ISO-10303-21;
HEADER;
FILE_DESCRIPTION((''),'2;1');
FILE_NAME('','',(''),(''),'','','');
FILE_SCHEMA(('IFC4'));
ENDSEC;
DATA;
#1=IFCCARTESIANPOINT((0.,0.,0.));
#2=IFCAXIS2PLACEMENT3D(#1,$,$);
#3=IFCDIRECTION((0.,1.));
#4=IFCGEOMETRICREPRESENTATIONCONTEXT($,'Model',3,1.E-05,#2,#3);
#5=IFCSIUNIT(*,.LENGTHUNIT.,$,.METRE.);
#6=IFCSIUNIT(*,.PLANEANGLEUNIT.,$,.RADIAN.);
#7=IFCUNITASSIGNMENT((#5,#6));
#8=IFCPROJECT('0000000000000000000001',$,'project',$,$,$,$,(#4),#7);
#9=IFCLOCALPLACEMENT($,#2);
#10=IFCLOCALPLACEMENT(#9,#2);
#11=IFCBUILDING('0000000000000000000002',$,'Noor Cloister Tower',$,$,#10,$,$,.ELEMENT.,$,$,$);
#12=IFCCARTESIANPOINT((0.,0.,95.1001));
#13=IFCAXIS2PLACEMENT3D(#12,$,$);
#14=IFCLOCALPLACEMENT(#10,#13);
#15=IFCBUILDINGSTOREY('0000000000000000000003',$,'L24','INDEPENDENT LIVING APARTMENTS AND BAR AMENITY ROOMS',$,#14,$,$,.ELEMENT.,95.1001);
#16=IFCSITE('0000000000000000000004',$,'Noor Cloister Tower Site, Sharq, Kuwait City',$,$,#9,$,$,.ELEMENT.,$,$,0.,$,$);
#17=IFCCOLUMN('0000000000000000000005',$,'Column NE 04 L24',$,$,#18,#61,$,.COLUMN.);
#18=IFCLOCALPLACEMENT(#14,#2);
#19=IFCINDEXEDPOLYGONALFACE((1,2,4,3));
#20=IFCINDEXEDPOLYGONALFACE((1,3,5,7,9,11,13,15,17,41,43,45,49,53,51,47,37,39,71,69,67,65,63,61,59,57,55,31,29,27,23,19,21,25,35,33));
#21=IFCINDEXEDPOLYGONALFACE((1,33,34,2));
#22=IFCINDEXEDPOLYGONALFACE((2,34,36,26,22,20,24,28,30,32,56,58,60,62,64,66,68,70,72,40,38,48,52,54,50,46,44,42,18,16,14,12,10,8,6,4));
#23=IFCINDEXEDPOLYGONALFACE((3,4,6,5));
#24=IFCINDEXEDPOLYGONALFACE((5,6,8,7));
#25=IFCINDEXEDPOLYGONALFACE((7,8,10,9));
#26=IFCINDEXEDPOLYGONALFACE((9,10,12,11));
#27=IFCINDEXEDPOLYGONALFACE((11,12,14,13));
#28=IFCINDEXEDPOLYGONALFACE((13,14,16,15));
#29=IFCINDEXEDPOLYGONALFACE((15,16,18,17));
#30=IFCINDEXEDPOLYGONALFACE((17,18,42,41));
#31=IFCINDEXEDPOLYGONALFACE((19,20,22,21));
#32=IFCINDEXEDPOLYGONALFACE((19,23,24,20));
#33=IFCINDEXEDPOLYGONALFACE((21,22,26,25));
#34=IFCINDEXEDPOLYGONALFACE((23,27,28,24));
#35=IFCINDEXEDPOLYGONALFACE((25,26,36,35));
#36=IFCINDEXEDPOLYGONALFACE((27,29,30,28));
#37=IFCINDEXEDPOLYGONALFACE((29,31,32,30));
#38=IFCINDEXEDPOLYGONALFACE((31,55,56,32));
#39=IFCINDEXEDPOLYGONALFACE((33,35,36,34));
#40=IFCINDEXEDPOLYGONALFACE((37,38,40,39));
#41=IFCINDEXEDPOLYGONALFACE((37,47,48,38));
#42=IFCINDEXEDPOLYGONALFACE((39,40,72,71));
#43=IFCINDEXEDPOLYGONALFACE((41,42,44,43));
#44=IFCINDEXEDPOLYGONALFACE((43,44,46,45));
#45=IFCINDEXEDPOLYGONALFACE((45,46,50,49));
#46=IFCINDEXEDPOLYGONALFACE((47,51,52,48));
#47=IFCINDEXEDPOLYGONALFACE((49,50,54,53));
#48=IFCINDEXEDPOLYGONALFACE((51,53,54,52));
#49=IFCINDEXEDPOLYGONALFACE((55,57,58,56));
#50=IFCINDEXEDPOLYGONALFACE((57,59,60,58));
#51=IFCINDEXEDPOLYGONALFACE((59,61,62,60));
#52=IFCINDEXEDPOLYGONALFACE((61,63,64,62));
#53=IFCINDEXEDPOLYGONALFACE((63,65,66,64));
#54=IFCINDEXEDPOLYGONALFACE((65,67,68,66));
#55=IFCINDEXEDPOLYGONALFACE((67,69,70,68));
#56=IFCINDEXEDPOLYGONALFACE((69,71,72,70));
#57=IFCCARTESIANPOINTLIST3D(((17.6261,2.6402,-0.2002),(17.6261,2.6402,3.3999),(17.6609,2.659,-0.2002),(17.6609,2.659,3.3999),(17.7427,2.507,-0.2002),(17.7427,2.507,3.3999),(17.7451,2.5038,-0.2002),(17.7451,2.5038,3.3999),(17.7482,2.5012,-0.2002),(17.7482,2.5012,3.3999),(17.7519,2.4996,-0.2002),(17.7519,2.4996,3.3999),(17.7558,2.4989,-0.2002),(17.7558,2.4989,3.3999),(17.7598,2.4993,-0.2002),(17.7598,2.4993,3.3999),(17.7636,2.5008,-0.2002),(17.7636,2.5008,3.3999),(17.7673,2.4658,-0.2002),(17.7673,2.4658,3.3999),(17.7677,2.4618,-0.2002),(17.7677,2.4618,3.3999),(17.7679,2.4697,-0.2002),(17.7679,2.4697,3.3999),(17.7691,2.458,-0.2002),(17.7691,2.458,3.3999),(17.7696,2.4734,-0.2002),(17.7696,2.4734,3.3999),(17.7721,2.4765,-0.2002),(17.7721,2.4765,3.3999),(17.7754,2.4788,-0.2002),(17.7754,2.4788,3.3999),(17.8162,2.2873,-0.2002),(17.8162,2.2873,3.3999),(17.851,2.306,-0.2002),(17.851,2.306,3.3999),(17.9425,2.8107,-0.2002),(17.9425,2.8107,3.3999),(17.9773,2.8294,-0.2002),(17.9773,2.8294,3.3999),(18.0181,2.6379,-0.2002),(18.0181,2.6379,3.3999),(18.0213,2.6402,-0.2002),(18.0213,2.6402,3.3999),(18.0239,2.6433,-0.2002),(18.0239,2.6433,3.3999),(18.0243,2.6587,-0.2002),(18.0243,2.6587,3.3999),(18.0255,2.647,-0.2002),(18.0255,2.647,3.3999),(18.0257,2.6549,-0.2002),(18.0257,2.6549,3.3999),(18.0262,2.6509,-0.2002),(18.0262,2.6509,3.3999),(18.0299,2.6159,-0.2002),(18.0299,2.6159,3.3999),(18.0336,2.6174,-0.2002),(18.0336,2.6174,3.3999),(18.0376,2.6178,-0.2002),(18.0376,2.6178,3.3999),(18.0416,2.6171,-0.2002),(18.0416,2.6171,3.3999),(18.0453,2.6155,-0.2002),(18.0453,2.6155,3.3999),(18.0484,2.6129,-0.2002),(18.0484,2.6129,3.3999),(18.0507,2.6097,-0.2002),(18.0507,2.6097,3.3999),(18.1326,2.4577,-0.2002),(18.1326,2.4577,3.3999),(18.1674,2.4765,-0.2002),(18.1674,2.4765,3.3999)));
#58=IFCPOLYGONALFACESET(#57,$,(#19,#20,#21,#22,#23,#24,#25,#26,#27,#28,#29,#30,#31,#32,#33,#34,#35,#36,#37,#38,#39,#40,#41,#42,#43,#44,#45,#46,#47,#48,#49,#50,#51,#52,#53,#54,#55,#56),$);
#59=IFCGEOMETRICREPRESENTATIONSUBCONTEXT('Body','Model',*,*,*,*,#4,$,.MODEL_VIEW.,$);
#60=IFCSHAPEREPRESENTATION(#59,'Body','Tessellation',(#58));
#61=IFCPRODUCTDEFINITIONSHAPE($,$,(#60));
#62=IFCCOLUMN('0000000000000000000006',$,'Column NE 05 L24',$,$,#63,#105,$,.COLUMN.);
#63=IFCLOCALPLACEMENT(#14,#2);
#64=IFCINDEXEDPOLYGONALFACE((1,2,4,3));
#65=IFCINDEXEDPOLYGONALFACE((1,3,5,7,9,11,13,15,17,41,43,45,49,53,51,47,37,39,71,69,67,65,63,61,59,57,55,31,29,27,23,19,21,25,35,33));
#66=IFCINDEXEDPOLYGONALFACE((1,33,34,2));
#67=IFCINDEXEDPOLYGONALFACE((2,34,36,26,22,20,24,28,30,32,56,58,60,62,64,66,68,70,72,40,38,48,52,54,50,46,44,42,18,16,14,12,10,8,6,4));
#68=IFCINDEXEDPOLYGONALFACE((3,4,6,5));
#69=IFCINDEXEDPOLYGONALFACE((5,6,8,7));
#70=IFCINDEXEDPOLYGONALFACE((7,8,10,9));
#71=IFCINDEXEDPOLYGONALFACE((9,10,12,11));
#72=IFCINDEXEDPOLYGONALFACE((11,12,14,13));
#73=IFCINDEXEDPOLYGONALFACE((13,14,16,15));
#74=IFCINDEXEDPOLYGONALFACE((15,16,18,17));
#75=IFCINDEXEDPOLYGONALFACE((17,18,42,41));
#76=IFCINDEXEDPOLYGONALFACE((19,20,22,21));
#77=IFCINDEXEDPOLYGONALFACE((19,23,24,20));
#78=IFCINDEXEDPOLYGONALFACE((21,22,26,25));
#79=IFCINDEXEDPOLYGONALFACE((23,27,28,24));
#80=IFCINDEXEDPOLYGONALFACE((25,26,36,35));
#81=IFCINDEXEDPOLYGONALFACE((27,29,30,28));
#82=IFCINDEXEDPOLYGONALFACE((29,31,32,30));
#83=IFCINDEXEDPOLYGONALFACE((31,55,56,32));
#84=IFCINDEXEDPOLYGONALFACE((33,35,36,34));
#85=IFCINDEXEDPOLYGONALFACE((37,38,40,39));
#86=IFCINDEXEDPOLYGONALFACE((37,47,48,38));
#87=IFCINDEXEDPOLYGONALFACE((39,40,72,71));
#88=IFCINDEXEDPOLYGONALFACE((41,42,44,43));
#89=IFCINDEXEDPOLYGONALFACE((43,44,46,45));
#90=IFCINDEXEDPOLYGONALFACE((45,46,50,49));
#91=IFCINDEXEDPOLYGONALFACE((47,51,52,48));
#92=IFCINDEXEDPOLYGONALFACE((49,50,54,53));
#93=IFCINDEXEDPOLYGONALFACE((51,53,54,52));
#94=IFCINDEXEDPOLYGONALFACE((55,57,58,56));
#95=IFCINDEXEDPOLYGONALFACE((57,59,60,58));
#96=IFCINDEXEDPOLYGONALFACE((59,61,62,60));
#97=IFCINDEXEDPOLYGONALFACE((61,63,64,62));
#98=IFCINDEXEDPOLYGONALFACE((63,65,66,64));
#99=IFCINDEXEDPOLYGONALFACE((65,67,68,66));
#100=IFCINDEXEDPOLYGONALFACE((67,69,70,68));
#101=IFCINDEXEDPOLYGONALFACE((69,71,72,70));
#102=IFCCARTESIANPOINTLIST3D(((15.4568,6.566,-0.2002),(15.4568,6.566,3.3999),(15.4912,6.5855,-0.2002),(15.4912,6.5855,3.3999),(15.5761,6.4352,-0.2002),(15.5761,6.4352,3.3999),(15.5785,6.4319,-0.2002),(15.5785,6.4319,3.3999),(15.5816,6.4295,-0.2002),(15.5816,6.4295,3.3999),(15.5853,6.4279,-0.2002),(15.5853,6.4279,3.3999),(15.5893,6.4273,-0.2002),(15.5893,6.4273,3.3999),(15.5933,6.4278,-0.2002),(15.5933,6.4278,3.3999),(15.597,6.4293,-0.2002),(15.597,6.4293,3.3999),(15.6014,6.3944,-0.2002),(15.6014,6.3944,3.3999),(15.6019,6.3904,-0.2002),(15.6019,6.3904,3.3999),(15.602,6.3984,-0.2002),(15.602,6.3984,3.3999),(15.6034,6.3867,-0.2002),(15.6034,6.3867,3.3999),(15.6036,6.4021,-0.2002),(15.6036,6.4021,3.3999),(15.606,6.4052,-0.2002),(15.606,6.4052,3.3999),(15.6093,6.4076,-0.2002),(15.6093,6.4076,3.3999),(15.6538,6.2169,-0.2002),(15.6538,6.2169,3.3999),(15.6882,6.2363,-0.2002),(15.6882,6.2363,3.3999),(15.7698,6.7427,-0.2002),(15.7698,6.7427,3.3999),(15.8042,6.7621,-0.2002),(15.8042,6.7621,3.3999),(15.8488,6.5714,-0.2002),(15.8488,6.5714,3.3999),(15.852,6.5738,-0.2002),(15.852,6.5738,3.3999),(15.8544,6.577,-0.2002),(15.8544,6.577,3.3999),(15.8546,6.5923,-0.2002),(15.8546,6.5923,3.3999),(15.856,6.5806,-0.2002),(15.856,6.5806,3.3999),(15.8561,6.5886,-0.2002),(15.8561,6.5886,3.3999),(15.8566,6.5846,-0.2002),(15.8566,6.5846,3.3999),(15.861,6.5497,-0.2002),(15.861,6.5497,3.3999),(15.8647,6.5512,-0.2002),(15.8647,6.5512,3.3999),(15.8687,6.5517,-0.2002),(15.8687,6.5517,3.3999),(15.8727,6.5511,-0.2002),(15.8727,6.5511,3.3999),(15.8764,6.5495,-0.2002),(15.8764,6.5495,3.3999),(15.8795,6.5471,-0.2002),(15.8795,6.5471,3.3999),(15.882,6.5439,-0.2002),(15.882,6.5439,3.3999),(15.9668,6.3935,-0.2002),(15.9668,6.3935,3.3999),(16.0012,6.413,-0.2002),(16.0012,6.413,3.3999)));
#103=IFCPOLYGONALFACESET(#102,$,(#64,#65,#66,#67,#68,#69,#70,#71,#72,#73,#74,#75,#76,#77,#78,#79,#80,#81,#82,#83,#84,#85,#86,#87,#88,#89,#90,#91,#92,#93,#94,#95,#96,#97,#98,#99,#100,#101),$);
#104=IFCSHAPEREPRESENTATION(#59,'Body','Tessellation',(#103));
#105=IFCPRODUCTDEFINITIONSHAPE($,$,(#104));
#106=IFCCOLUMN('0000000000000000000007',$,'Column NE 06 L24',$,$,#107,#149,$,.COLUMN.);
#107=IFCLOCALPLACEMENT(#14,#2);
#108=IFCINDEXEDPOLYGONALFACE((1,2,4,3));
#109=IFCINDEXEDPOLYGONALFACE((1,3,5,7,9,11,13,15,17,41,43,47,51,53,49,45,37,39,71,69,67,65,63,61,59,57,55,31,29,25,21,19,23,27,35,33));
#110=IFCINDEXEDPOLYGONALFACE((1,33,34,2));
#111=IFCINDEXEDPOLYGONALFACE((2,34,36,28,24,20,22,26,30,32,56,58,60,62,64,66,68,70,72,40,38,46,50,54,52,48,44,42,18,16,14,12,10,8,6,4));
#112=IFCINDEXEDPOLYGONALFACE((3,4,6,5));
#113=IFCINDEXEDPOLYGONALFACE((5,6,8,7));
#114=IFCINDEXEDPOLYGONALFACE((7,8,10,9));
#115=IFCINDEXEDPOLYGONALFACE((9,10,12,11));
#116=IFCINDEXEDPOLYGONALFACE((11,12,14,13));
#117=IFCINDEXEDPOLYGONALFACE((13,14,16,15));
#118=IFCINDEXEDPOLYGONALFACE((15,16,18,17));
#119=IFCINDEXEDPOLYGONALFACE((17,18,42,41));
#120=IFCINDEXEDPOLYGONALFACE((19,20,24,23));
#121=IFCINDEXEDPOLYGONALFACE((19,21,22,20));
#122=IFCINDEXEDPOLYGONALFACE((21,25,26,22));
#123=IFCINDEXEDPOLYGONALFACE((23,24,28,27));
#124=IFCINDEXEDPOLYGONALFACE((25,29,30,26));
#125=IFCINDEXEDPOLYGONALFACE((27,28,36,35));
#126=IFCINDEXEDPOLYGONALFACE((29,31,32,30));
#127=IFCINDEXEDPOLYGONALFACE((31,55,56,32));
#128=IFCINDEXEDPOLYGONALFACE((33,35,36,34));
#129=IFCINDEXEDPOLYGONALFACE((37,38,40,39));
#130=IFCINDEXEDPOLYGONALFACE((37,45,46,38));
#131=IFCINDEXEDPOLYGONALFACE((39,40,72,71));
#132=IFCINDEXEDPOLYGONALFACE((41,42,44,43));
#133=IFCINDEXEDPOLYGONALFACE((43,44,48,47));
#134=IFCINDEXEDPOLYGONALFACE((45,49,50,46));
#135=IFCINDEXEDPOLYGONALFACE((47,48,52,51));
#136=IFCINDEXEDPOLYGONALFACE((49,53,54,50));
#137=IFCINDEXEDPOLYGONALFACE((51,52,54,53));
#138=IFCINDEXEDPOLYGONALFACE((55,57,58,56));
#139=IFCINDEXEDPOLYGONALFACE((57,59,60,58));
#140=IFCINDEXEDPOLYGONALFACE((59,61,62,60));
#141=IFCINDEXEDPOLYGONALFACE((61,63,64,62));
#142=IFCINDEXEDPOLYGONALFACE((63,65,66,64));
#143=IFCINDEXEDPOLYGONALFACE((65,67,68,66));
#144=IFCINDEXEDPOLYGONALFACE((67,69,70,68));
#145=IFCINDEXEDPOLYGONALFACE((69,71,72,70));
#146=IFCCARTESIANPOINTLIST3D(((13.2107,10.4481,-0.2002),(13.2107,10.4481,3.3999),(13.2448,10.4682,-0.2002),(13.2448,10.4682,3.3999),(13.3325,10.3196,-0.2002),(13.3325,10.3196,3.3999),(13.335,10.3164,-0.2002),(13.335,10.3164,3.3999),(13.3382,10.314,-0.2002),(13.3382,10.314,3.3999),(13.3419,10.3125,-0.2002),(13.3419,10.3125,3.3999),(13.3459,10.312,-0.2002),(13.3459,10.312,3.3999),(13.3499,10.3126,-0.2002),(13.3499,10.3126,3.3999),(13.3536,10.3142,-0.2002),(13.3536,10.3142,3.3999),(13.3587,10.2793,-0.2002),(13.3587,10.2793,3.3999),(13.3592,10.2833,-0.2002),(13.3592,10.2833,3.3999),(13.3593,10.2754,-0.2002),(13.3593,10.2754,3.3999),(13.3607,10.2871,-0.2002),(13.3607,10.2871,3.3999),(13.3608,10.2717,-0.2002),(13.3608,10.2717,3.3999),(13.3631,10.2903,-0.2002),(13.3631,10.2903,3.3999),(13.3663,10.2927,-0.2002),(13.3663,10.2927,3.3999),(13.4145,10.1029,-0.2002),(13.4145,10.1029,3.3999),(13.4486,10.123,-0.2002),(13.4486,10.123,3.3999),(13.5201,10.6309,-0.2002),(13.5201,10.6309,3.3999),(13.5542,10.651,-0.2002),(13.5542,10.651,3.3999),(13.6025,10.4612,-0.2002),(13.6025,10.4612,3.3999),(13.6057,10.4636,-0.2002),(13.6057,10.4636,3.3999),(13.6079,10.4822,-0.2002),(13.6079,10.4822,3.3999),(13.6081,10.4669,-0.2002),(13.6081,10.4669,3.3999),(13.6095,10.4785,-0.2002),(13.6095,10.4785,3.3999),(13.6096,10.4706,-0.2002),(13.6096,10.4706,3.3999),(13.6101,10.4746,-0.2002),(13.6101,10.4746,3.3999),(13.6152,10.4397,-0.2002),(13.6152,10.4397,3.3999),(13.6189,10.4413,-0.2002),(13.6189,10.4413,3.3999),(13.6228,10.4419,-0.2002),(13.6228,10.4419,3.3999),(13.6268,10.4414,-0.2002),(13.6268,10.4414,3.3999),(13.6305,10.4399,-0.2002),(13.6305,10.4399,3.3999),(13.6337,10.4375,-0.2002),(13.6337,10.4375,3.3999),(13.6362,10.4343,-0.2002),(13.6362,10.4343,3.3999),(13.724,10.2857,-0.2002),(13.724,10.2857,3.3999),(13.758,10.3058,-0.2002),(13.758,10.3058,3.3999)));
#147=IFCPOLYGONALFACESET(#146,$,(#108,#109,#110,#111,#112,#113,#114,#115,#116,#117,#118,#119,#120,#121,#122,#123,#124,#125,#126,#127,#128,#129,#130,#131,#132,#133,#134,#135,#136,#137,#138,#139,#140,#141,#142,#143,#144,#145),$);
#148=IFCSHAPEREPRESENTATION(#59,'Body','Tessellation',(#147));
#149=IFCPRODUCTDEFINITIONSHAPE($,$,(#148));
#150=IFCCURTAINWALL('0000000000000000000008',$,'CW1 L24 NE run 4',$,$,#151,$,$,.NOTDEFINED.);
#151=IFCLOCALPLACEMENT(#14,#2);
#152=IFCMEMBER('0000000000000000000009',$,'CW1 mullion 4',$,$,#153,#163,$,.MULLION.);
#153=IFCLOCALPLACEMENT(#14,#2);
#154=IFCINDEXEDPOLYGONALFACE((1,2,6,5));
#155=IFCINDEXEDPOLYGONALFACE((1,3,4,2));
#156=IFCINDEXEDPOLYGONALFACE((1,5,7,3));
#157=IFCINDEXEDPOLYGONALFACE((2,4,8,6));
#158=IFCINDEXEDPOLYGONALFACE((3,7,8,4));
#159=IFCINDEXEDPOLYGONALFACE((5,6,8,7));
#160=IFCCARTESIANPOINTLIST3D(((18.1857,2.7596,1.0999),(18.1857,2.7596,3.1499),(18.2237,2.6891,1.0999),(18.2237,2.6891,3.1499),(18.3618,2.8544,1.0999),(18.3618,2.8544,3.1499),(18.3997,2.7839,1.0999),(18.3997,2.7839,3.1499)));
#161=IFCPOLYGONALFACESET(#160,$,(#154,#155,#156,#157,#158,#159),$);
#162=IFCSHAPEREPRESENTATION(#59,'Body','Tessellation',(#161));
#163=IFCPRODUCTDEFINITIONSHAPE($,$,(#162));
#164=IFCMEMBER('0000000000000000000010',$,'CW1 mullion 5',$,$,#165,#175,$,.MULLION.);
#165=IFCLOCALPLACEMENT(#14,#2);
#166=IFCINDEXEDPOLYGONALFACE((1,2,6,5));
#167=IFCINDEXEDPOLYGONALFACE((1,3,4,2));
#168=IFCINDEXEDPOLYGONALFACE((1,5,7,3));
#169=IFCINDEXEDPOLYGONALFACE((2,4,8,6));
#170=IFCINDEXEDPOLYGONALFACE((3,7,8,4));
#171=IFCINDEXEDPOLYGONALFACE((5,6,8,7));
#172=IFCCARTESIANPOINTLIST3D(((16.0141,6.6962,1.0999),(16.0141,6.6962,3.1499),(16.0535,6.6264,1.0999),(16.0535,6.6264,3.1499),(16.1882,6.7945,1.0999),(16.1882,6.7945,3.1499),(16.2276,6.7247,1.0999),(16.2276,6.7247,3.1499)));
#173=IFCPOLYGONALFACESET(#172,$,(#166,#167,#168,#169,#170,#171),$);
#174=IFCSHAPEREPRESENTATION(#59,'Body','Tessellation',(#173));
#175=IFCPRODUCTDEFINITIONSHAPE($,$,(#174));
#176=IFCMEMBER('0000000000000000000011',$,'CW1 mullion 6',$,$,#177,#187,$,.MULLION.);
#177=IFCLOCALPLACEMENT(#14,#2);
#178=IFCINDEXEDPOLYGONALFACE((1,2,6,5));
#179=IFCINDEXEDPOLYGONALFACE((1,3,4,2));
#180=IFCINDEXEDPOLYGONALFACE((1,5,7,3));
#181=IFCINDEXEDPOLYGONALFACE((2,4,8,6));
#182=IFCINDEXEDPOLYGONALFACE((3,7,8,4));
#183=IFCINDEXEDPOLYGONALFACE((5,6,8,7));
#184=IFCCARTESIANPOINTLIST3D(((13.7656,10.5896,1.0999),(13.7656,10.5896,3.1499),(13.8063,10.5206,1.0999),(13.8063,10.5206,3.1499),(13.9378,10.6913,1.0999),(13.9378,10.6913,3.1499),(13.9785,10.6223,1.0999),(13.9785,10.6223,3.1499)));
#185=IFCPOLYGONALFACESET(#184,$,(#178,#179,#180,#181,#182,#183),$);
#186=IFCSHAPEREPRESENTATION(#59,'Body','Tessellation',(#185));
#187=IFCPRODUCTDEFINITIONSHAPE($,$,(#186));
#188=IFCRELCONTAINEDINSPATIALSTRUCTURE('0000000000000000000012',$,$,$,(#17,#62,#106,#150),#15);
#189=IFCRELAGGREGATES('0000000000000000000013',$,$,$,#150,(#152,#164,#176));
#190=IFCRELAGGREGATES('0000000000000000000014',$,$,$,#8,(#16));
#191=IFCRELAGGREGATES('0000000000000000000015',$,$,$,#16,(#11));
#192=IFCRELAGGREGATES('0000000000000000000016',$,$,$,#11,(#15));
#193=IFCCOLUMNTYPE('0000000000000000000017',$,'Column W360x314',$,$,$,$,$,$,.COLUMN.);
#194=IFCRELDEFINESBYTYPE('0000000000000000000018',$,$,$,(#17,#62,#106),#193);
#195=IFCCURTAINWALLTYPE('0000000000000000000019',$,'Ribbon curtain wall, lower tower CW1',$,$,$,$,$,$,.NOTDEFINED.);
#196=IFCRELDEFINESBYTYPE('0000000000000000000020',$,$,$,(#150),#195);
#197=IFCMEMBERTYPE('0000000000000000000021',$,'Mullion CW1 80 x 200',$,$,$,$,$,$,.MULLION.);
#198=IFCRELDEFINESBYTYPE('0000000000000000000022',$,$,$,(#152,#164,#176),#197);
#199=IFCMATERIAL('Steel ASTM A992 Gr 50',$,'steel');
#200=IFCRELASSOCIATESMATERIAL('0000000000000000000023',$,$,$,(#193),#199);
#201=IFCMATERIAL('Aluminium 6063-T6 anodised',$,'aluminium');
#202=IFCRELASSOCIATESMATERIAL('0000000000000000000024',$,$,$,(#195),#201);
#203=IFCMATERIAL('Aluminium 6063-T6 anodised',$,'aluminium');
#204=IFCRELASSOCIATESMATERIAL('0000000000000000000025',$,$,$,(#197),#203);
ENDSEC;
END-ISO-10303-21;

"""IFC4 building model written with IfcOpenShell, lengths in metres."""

from ifc_helpers import new_model, si_unit, direction, frame, origin, origin_2d, place, context, subcontext, project, spatial, rectangle, i_section, extrude, material, material_profile, profile_set, type_object, element, aggregate, save


model = new_model("IFC4")

# Units and contexts
model_context = context("Model", 3, precision=1e-05, world=origin(), true_north=direction((0.0, 1.0)))
body_context = subcontext(model_context, "Body", "Model", "MODEL_VIEW")
ifc_project = project(units=[si_unit("LENGTHUNIT", "METRE"), si_unit("PLANEANGLEUNIT", "RADIAN")], contexts=[model_context])

# Site, building, storey
site_placement = place(None, origin())
site = spatial("IfcSite", under=ifc_project, at=site_placement, Name="Noor Cloister Tower Site, Sharq, Kuwait City", CompositionType="ELEMENT", RefElevation=0.0)
building_placement = place(site_placement, origin())
building = spatial("IfcBuilding", under=site, at=building_placement, Name="Noor Cloister Tower", CompositionType="ELEMENT")
storey_placement = place(building_placement, frame((0.0, 0.0, 95.1001)))
storey = spatial("IfcBuildingStorey", under=building, at=storey_placement, Name="L24", Description="INDEPENDENT LIVING APARTMENTS AND BAR AMENITY ROOMS", CompositionType="ELEMENT", Elevation=95.1001)

# Columns
ifc_material_1 = material(Name="Steel ASTM A992 Gr 50", Category="steel")
ifc_material_profile_1 = material_profile(ifc_material_1, i_section(OverallWidth=0.4009, OverallDepth=0.3989, WebThickness=0.0249, FlangeThickness=0.0396, FilletRadius=0.0154, at=origin_2d()), Name="W360x314")
ifc_profile_set_1 = profile_set([ifc_material_profile_1], Name="Steel ASTM A992 Gr 50")
column_type = type_object("IfcColumnType", Name="Column W360x314", PredefinedType="COLUMN", material=ifc_profile_set_1)
for number, where, z_axis, x_axis, name in (
    (1, (17.8967, 2.5583, -0.2002), (0.0, 0.0, 1.0), (-0.474216, 0.880408, 0.0), "Column NE 04 L24"),
    (2, (15.729, 6.4895, -0.2002), (0.0, 0.0, 1.0), (-0.491453, 0.870904, 0.0), "Column NE 05 L24"),
    (3, (13.4844, 10.377, -0.2002), (0.0, 0.0, 1.0), (-0.508499, 0.861063, 0.0), "Column NE 06 L24"),
):
    element("IfcColumn", number, at=place(storey_placement, frame(where, z_axis=z_axis, x_axis=x_axis)), inside=storey, type_object=column_type, Name=name, PredefinedType="COLUMN", context=body_context, shape_type="SweptSolid", body=[
        extrude(i_section(OverallWidth=0.4009, OverallDepth=0.3989, WebThickness=0.0249, FlangeThickness=0.0396, FilletRadius=0.0154, at=origin_2d()), origin(), (0.0, 0.0, 1.0), 3.6001),
    ])

# Curtain wall, members
ifc_material_2 = material(Name="Aluminium 6063-T6 anodised", Category="aluminium")
curtain_wall_type = type_object("IfcCurtainWallType", Name="Ribbon curtain wall, lower tower CW1", PredefinedType="NOTDEFINED", material=ifc_material_2)
curtain_wall_placement = place(storey_placement, origin())
curtain_wall = element("IfcCurtainWall", 4, at=curtain_wall_placement, inside=storey, type_object=curtain_wall_type, Name="CW1 L24 NE run 4", PredefinedType="NOTDEFINED")
ifc_material_3 = material(Name="Aluminium 6063-T6 anodised", Category="aluminium")
ifc_material_profile_2 = material_profile(ifc_material_3, rectangle(XDim=0.2, YDim=0.0801, at=origin_2d()), Name="200 x 80 mullion")
ifc_profile_set_2 = profile_set([ifc_material_profile_2], Name="Aluminium 6063-T6 anodised")
member_type = type_object("IfcMemberType", Name="Mullion CW1 80 x 200", PredefinedType="MULLION", material=ifc_profile_set_2)
member_1_placement = place(storey_placement, frame((18.2927, 2.7717, 1.0999), z_axis=(0.0, 0.0, 1.0), x_axis=(-0.880408, -0.474216, 0.0)))
member_1 = element("IfcMember", 5, at=member_1_placement, type_object=member_type, Name="CW1 mullion 4", PredefinedType="MULLION", context=body_context, shape_type="SweptSolid", body=[
    extrude(rectangle(XDim=0.2, YDim=0.0801, at=origin_2d()), origin(), (0.0, 0.0, 1.0), 2.05),
])
member_2_placement = place(storey_placement, frame((16.1208, 6.7104, 1.0999), z_axis=(0.0, 0.0, 1.0), x_axis=(-0.870904, -0.491453, 0.0)))
member_2 = element("IfcMember", 6, at=member_2_placement, type_object=member_type, Name="CW1 mullion 5", PredefinedType="MULLION", context=body_context, shape_type="SweptSolid", body=[
    extrude(rectangle(XDim=0.2, YDim=0.0801, at=origin_2d()), origin(), (0.0, 0.0, 1.0), 2.05),
])
member_3_placement = place(storey_placement, frame((13.8721, 10.606, 1.0999), z_axis=(0.0, 0.0, 1.0), x_axis=(-0.861063, -0.508499, 0.0)))
member_3 = element("IfcMember", 7, at=member_3_placement, type_object=member_type, Name="CW1 mullion 6", PredefinedType="MULLION", context=body_context, shape_type="SweptSolid", body=[
    extrude(rectangle(XDim=0.2, YDim=0.0801, at=origin_2d()), origin(), (0.0, 0.0, 1.0), 2.05),
])

aggregate(curtain_wall, [member_1, member_2, member_3])

save(model, "model.ifc")
